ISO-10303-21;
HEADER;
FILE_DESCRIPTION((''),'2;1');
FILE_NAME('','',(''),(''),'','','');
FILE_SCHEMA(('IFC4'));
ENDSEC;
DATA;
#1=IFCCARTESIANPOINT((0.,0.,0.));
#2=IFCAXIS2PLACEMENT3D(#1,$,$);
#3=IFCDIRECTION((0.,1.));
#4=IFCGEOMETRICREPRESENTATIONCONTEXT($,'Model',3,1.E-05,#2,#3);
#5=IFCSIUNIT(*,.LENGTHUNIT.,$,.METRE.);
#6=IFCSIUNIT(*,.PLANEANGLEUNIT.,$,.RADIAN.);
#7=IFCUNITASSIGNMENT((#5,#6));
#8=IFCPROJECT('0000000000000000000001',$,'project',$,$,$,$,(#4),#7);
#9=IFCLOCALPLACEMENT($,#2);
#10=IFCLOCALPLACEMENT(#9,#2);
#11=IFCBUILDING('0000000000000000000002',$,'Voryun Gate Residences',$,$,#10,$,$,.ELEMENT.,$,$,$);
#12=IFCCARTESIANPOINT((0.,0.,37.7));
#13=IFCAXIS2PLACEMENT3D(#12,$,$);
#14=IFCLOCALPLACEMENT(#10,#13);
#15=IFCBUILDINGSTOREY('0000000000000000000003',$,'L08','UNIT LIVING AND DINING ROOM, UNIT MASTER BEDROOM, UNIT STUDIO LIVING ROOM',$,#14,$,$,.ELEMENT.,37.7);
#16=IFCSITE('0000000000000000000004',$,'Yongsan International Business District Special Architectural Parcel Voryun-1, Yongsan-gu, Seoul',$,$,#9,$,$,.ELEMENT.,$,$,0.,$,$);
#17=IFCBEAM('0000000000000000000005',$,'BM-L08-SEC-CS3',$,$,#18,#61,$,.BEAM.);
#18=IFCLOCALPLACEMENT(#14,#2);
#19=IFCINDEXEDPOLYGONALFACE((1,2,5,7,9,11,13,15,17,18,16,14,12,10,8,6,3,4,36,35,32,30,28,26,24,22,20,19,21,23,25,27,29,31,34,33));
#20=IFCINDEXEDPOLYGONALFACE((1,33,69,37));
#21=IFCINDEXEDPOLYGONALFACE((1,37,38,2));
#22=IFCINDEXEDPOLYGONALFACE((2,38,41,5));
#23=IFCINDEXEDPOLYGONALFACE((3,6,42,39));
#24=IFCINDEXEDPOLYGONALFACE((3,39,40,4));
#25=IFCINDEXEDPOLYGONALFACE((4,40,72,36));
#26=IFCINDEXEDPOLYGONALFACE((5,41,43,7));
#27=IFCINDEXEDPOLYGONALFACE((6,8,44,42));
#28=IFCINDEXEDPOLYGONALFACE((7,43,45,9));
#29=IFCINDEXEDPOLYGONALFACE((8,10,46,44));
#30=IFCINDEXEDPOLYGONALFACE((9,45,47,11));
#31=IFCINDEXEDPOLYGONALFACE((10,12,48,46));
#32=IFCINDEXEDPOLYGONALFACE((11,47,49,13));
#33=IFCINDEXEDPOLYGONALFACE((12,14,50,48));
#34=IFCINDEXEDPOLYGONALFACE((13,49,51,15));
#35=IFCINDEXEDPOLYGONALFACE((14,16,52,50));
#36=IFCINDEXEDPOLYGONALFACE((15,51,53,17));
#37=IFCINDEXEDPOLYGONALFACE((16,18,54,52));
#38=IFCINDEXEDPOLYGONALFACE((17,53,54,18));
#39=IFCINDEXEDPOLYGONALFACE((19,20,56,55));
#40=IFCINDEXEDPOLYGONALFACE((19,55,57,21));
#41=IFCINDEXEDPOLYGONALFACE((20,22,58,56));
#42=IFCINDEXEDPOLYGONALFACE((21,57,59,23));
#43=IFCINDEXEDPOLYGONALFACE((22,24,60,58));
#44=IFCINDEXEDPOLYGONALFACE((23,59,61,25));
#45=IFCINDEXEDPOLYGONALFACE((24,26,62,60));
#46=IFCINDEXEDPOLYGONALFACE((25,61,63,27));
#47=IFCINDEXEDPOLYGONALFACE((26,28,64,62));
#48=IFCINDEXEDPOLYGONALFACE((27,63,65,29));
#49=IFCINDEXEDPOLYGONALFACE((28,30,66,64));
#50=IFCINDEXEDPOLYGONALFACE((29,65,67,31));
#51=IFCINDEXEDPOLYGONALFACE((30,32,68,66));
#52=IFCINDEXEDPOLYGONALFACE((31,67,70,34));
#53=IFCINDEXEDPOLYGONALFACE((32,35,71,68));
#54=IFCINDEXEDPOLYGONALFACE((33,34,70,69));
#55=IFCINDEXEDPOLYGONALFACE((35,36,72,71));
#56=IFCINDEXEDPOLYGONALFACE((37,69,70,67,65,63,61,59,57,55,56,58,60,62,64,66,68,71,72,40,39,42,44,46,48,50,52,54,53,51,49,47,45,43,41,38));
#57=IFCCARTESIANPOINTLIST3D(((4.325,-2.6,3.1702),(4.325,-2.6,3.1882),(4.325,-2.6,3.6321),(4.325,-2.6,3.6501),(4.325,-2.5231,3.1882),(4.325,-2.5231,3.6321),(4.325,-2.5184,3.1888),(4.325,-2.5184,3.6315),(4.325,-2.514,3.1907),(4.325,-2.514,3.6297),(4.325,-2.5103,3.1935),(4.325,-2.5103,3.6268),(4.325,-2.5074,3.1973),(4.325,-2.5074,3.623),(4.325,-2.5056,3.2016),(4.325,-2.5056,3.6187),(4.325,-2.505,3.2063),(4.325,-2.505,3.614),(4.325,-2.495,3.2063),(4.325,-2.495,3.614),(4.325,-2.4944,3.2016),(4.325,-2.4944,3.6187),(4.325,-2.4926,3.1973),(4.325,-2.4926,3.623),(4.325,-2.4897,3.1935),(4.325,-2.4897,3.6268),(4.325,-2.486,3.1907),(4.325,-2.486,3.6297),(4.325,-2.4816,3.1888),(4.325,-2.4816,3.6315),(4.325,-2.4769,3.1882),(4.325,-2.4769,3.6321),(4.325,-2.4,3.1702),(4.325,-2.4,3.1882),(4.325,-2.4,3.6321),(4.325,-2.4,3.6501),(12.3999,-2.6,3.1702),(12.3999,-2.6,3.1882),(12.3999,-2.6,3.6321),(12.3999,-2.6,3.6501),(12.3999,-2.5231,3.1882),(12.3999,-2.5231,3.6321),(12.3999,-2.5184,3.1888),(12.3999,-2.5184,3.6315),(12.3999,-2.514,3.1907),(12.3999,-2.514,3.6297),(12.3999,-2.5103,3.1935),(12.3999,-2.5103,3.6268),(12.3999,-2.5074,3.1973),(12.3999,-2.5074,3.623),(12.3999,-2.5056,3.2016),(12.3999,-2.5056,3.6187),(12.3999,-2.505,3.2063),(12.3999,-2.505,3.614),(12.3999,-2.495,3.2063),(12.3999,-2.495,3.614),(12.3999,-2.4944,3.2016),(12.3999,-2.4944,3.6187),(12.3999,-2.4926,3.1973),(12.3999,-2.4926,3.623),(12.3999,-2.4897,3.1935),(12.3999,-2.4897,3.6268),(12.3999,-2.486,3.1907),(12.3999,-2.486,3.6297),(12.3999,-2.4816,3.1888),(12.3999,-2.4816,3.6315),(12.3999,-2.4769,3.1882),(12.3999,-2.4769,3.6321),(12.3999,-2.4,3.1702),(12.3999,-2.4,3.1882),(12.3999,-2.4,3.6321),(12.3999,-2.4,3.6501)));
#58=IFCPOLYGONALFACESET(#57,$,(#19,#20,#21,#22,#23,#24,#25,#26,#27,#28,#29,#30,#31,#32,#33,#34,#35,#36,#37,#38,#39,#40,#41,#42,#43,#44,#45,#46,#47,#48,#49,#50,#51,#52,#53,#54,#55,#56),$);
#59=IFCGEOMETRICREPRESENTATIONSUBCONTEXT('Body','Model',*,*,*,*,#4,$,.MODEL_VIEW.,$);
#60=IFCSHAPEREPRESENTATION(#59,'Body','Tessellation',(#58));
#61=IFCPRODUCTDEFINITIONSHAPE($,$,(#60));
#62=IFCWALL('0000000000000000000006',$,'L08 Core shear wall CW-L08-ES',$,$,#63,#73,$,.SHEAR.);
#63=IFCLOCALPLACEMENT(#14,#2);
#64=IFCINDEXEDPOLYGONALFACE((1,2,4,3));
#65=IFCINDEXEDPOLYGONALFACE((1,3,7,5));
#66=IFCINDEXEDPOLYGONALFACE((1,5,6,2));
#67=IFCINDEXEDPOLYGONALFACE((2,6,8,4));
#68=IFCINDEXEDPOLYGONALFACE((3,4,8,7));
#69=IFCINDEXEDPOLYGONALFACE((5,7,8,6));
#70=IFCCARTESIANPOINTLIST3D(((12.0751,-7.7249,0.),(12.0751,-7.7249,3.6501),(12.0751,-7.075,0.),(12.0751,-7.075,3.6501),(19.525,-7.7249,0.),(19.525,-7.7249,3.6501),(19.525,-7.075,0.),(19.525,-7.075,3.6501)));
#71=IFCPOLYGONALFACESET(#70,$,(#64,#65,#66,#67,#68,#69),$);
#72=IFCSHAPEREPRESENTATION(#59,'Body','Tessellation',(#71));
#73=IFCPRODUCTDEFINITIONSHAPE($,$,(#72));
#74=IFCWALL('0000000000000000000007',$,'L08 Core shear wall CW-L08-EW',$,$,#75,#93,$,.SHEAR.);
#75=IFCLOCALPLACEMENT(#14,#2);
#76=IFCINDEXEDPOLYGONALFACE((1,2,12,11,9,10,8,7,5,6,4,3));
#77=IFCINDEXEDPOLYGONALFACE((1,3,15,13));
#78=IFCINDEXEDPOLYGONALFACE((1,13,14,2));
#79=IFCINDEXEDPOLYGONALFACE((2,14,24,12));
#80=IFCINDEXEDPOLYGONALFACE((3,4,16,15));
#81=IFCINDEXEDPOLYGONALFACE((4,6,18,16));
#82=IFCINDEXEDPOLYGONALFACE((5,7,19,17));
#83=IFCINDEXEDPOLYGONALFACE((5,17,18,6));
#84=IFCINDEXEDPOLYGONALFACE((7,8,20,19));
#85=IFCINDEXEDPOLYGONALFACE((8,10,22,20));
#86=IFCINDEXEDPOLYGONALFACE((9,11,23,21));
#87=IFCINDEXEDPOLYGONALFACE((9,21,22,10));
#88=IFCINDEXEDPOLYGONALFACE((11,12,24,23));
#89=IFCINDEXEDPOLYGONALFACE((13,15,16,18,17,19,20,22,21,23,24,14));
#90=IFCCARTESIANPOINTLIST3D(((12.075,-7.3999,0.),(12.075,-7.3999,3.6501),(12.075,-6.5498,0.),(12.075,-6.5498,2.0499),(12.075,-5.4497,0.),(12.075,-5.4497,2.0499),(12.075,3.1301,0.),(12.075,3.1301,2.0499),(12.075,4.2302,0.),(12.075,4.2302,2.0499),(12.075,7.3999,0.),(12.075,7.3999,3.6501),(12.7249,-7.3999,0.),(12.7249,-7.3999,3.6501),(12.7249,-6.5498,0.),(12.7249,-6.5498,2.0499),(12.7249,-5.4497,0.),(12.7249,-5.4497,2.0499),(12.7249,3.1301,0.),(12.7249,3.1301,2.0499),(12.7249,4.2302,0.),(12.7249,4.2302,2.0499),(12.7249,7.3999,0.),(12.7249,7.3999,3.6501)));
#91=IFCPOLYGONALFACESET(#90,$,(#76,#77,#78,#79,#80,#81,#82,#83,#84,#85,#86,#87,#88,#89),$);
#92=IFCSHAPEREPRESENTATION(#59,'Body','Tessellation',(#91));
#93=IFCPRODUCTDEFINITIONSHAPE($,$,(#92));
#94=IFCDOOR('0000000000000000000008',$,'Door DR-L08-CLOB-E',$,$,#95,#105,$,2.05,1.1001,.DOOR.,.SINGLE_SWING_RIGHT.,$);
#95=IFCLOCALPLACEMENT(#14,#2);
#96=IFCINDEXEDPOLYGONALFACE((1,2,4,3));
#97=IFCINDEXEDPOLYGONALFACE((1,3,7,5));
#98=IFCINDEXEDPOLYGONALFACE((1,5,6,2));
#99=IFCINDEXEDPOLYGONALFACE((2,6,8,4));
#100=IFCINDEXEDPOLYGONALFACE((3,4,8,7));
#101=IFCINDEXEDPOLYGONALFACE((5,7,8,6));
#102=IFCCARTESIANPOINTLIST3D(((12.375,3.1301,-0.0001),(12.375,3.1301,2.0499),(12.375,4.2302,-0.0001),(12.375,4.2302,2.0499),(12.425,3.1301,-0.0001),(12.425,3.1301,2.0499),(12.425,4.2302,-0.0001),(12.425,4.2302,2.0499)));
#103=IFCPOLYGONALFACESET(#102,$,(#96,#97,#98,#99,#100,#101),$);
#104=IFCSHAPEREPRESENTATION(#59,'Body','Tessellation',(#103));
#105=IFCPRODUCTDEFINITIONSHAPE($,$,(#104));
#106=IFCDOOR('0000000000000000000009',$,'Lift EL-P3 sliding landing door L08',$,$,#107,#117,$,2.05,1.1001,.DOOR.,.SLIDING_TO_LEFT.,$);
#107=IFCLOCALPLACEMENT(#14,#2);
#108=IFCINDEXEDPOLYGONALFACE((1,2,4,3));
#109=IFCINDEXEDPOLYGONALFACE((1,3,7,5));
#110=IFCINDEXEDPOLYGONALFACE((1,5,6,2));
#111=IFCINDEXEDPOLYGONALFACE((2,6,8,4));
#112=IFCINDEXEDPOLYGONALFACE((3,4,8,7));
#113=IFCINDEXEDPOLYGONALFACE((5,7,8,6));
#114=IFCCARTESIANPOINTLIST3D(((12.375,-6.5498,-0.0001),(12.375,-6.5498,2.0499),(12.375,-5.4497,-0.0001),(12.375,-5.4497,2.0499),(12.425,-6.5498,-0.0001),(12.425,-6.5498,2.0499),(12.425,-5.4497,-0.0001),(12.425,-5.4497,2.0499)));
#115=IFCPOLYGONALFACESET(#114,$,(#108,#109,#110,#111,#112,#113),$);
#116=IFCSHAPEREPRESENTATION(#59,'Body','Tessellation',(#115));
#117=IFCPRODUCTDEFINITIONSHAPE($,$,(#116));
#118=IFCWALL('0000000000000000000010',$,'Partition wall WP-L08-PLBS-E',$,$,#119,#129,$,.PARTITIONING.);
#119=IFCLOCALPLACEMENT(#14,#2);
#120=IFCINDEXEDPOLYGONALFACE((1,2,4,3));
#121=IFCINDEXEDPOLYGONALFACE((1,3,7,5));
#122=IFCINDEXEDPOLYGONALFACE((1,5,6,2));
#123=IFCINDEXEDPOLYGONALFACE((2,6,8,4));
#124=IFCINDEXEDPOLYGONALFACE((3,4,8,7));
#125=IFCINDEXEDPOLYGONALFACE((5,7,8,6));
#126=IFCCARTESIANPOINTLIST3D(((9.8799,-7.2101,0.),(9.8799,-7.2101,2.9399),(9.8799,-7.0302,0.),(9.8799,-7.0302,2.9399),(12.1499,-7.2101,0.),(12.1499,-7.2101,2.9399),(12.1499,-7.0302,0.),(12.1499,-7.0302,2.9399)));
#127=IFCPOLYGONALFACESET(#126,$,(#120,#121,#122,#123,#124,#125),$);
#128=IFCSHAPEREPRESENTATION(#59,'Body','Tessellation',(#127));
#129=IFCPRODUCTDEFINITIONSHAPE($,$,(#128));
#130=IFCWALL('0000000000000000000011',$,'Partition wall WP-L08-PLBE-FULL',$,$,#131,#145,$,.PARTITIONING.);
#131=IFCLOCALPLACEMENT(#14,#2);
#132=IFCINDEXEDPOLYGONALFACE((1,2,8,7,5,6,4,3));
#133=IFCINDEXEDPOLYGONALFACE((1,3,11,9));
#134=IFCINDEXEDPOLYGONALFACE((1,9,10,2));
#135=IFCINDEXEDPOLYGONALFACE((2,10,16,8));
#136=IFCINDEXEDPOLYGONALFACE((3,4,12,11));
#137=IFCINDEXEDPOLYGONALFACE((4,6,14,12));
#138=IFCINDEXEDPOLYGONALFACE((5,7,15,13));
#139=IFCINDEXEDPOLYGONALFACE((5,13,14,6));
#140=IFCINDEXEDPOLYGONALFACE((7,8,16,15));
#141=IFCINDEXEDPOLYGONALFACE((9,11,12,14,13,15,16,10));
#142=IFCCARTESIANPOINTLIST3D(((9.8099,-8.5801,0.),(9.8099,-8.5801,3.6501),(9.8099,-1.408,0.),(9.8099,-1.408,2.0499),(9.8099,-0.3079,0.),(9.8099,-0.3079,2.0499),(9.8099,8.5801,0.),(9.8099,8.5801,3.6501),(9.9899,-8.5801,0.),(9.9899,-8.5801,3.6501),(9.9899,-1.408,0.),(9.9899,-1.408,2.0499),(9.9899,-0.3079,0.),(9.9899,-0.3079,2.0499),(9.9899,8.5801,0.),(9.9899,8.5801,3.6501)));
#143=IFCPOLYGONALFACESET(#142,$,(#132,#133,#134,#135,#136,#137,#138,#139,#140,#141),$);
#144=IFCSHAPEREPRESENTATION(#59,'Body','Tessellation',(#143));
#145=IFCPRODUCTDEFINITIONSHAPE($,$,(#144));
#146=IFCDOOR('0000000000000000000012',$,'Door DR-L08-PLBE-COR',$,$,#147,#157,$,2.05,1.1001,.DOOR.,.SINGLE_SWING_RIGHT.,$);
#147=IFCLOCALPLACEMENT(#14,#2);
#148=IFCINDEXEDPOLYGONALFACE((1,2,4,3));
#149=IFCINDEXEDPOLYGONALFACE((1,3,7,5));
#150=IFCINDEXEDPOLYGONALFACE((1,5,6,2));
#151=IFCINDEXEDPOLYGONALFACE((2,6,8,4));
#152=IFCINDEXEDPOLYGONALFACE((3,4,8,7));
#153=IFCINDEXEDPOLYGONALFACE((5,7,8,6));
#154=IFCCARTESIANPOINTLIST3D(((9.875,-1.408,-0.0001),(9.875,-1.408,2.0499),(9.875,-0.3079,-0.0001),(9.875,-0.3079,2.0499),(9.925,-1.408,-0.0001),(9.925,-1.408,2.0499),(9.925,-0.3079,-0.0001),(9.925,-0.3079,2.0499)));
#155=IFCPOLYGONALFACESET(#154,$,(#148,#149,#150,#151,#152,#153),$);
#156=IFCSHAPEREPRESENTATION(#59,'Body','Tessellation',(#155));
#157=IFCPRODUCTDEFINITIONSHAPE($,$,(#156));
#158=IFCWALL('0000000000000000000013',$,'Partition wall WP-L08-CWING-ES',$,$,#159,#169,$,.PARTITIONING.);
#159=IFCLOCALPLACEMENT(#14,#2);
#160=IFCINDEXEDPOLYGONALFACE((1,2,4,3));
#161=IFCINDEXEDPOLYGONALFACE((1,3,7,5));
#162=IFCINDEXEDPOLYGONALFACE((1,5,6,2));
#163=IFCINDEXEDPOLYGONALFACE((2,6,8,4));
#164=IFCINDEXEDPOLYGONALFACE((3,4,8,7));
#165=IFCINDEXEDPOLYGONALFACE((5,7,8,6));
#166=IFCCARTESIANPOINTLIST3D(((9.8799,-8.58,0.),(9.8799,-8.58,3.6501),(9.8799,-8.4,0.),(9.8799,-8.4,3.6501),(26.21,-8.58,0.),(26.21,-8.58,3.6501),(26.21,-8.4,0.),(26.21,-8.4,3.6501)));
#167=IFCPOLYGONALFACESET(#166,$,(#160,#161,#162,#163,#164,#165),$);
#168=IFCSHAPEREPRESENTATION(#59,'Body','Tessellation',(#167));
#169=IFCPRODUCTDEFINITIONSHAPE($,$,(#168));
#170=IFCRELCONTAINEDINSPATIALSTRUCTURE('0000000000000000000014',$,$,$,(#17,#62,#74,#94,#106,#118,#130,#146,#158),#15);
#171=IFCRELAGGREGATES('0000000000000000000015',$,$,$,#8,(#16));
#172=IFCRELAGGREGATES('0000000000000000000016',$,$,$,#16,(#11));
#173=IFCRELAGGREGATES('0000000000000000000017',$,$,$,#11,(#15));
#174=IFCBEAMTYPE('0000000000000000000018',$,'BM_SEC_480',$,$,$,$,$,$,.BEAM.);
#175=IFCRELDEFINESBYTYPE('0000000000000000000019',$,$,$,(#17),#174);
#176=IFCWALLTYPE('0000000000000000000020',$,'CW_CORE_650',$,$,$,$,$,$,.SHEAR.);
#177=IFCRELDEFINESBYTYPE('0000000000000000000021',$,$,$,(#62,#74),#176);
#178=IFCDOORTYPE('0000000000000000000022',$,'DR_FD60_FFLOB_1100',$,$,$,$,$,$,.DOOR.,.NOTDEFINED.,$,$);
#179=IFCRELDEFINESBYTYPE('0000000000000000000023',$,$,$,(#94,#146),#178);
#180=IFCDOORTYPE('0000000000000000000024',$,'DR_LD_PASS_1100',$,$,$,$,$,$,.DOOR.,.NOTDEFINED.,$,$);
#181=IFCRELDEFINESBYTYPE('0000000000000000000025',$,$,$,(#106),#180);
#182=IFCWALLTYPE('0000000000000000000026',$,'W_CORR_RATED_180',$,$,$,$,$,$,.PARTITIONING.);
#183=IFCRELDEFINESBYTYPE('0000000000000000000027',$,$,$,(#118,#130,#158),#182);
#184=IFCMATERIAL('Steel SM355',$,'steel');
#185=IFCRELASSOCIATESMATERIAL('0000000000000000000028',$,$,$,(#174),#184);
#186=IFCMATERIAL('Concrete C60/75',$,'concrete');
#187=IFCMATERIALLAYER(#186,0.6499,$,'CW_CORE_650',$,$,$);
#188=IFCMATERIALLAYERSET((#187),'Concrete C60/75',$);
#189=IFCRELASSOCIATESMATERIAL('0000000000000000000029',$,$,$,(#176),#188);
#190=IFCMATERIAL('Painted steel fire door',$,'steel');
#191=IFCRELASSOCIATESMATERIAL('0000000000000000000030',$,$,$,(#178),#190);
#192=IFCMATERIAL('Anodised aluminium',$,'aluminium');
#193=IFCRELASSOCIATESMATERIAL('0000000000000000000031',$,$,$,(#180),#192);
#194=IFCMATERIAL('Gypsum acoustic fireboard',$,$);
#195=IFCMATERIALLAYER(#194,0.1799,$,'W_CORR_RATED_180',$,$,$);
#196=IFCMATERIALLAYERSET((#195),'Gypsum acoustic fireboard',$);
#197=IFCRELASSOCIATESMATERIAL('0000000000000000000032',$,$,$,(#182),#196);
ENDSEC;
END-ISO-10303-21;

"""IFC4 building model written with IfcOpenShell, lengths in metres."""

from ifc_helpers import new_model, si_unit, direction, frame, frame_2d, origin, origin_2d, place, context, subcontext, project, spatial, rectangle, i_section, extrude, material, layer, layer_set, material_profile, profile_set, type_object, element, fill, save


model = new_model("IFC4")

# Units and contexts
model_context = context("Model", 3, precision=1e-05, world=origin(), true_north=direction((0.0, 1.0)))
body_context = subcontext(model_context, "Body", "Model", "MODEL_VIEW")
ifc_project = project(units=[si_unit("LENGTHUNIT", "METRE"), si_unit("PLANEANGLEUNIT", "RADIAN")], contexts=[model_context])

# Site, building, storey
site_placement = place(None, origin())
site = spatial("IfcSite", under=ifc_project, at=site_placement, Name="Yongsan International Business District Special Architectural Parcel Voryun-1, Yongsan-gu, Seoul", CompositionType="ELEMENT", RefElevation=0.0)
building_placement = place(site_placement, origin())
building = spatial("IfcBuilding", under=site, at=building_placement, Name="Voryun Gate Residences", CompositionType="ELEMENT")
storey_placement = place(building_placement, frame((0.0, 0.0, 37.7)))
storey = spatial("IfcBuildingStorey", under=building, at=storey_placement, Name="L08", Description="UNIT LIVING AND DINING ROOM, UNIT MASTER BEDROOM, UNIT STUDIO LIVING ROOM", CompositionType="ELEMENT", Elevation=37.7)

# Beam
ifc_material_1 = material(Name="Steel SM355", Category="steel")
ifc_material_profile_1 = material_profile(ifc_material_1, i_section(OverallWidth=0.2, OverallDepth=0.48, WebThickness=0.01, FlangeThickness=0.0181, FilletRadius=0.0181, at=origin_2d()), Name="H-480x200x10x18")
ifc_profile_set_1 = profile_set([ifc_material_profile_1], Name="Steel SM355")
beam_type_1 = type_object("IfcBeamType", Name="BM_SEC_480", PredefinedType="BEAM", material=ifc_profile_set_1)
beam_1_placement = place(storey_placement, frame((4.325, -2.5, 3.4102), z_axis=(1.0, 0.0, 0.0), x_axis=(0.0, 1.0, 0.0)))
element("IfcBeam", 1, at=beam_1_placement, inside=storey, type_object=beam_type_1, Name="BM-L08-SEC-CS3", PredefinedType="BEAM", context=body_context, shape_type="SweptSolid", body=[
    extrude(i_section(OverallWidth=0.2, OverallDepth=0.48, WebThickness=0.01, FlangeThickness=0.0181, FilletRadius=0.0181, at=origin_2d()), origin(), (0.0, 0.0, 1.0), 8.075),
])

# Wall
ifc_material_2 = material(Name="Concrete C60/75", Category="concrete")
ifc_layer_1 = layer(ifc_material_2, 0.6499, Name="CW_CORE_650")
ifc_layer_set_1 = layer_set([ifc_layer_1], Name="Concrete C60/75")
wall_type_1 = type_object("IfcWallType", Name="CW_CORE_650", PredefinedType="SHEAR", material=ifc_layer_set_1)
wall_1_placement = place(storey_placement, frame((12.075, -7.3999, 0.0), z_axis=(0.0, 0.0, 1.0), x_axis=(1.0, 0.0, 0.0)))
element("IfcWall", 2, at=wall_1_placement, inside=storey, type_object=wall_type_1, Name="L08 Core shear wall CW-L08-ES", PredefinedType="SHEAR", context=body_context, shape_type="SweptSolid", body=[
    extrude(rectangle(XDim=7.45, YDim=0.6499, at=frame_2d((3.7251, 0.0))), origin(), (0.0, 0.0, 1.0), 3.6501),
])

# Wall, openings, doors
wall_2_placement = place(storey_placement, frame((12.3999, -7.3999, 0.0), z_axis=(0.0, 0.0, 1.0), x_axis=(0.0, 1.0, 0.0)))
wall_2 = element("IfcWall", 3, at=wall_2_placement, inside=storey, type_object=wall_type_1, Name="L08 Core shear wall CW-L08-EW", PredefinedType="SHEAR", context=body_context, shape_type="SweptSolid", body=[
    extrude(rectangle(XDim=14.7998, YDim=0.6499, at=frame_2d((7.3999, 0.0))), origin(), (0.0, 0.0, 1.0), 3.6501),
])
opening_1_placement = place(wall_2_placement, frame((0.8501, 0.0, 0.0)))
opening_1 = element("IfcOpeningElement", 4, at=opening_1_placement, cuts=wall_2, PredefinedType="OPENING", context=body_context, shape_type="SweptSolid", body=[
    extrude(rectangle(XDim=1.1001, YDim=2.05, at=frame_2d((0.55, 1.0249))), frame((0.0, 0.335, 0.0), z_axis=(0.0, -1.0, 0.0), x_axis=(1.0, 0.0, 0.0)), (0.0, 0.0, 1.0), 0.6699),
])
opening_2_placement = place(wall_2_placement, frame((10.53, 0.0, 0.0)))
opening_2 = element("IfcOpeningElement", 5, at=opening_2_placement, cuts=wall_2, PredefinedType="OPENING", context=body_context, shape_type="SweptSolid", body=[
    extrude(rectangle(XDim=1.1001, YDim=2.05, at=frame_2d((0.55, 1.0249))), frame((0.0, 0.335, 0.0), z_axis=(0.0, -1.0, 0.0), x_axis=(1.0, 0.0, 0.0)), (0.0, 0.0, 1.0), 0.6699),
])
ifc_material_3 = material(Name="Painted steel fire door", Category="steel")
door_type_1 = type_object("IfcDoorType", Name="DR_FD60_FFLOB_1100", OperationType="NOTDEFINED", PredefinedType="DOOR", material=ifc_material_3)
door_1_placement = place(opening_2_placement, origin())
door_1 = element("IfcDoor", 6, at=door_1_placement, inside=storey, type_object=door_type_1, Name="Door DR-L08-CLOB-E", OperationType="SINGLE_SWING_RIGHT", OverallHeight=2.05, OverallWidth=1.1001, PredefinedType="DOOR", context=body_context, shape_type="SweptSolid", body=[
    extrude(rectangle(XDim=1.1001, YDim=2.05, at=frame_2d((0.55, 1.0249))), frame((0.0, 0.0249, 0.0), z_axis=(0.0, -1.0, 0.0), x_axis=(1.0, 0.0, 0.0)), (0.0, 0.0, 1.0), 0.05),
])
fill(opening_2, door_1)
ifc_material_4 = material(Name="Anodised aluminium", Category="aluminium")
door_type_2 = type_object("IfcDoorType", Name="DR_LD_PASS_1100", OperationType="NOTDEFINED", PredefinedType="DOOR", material=ifc_material_4)
door_2_placement = place(opening_1_placement, origin())
door_2 = element("IfcDoor", 7, at=door_2_placement, inside=storey, type_object=door_type_2, Name="Lift EL-P3 sliding landing door L08", OperationType="SLIDING_TO_LEFT", OverallHeight=2.05, OverallWidth=1.1001, PredefinedType="DOOR", context=body_context, shape_type="SweptSolid", body=[
    extrude(rectangle(XDim=1.1001, YDim=2.05, at=frame_2d((0.55, 1.0249))), frame((0.0, 0.0249, 0.0), z_axis=(0.0, -1.0, 0.0), x_axis=(1.0, 0.0, 0.0)), (0.0, 0.0, 1.0), 0.05),
])
fill(opening_1, door_2)

# Wall
ifc_material_5 = material(Name="Gypsum acoustic fireboard")
ifc_layer_2 = layer(ifc_material_5, 0.1799, Name="W_CORR_RATED_180")
ifc_layer_set_2 = layer_set([ifc_layer_2], Name="Gypsum acoustic fireboard")
wall_type_2 = type_object("IfcWallType", Name="W_CORR_RATED_180", PredefinedType="PARTITIONING", material=ifc_layer_set_2)
wall_3_placement = place(storey_placement, frame((9.8799, -7.1201, 0.0), z_axis=(0.0, 0.0, 1.0), x_axis=(1.0, 0.0, 0.0)))
element("IfcWall", 8, at=wall_3_placement, inside=storey, type_object=wall_type_2, Name="Partition wall WP-L08-PLBS-E", PredefinedType="PARTITIONING", context=body_context, shape_type="SweptSolid", body=[
    extrude(rectangle(XDim=2.27, YDim=0.1799, at=frame_2d((1.135, 0.0))), origin(), (0.0, 0.0, 1.0), 2.9399),
])

# Wall, opening, door
wall_4_placement = place(storey_placement, frame((9.8999, -8.5801, 0.0), z_axis=(0.0, 0.0, 1.0), x_axis=(0.0, 1.0, 0.0)))
wall_4 = element("IfcWall", 9, at=wall_4_placement, inside=storey, type_object=wall_type_2, Name="Partition wall WP-L08-PLBE-FULL", PredefinedType="PARTITIONING", context=body_context, shape_type="SweptSolid", body=[
    extrude(rectangle(XDim=17.1602, YDim=0.1799, at=frame_2d((8.5801, 0.0))), origin(), (0.0, 0.0, 1.0), 3.6501),
])
opening_3_placement = place(wall_4_placement, frame((7.1721, 0.0, 0.0)))
opening_3 = element("IfcOpeningElement", 10, at=opening_3_placement, cuts=wall_4, PredefinedType="OPENING", context=body_context, shape_type="SweptSolid", body=[
    extrude(rectangle(XDim=1.1001, YDim=2.05, at=frame_2d((0.55, 1.0249))), frame((0.0, 0.0999, 0.0), z_axis=(0.0, -1.0, 0.0), x_axis=(1.0, 0.0, 0.0)), (0.0, 0.0, 1.0), 0.2),
])
door_3_placement = place(opening_3_placement, origin())
door_3 = element("IfcDoor", 11, at=door_3_placement, inside=storey, type_object=door_type_1, Name="Door DR-L08-PLBE-COR", OperationType="SINGLE_SWING_RIGHT", OverallHeight=2.05, OverallWidth=1.1001, PredefinedType="DOOR", context=body_context, shape_type="SweptSolid", body=[
    extrude(rectangle(XDim=1.1001, YDim=2.05, at=frame_2d((0.55, 1.0249))), frame((0.0, 0.0249, 0.0), z_axis=(0.0, -1.0, 0.0), x_axis=(1.0, 0.0, 0.0)), (0.0, 0.0, 1.0), 0.05),
])
fill(opening_3, door_3)

# Wall
wall_5_placement = place(storey_placement, frame((9.8799, -8.49, 0.0), z_axis=(0.0, 0.0, 1.0), x_axis=(1.0, 0.0, 0.0)))
element("IfcWall", 12, at=wall_5_placement, inside=storey, type_object=wall_type_2, Name="Partition wall WP-L08-CWING-ES", PredefinedType="PARTITIONING", context=body_context, shape_type="SweptSolid", body=[
    extrude(rectangle(XDim=16.3301, YDim=0.1799, at=frame_2d((8.165, 0.0))), origin(), (0.0, 0.0, 1.0), 3.6501),
])

save(model, "model.ifc")
